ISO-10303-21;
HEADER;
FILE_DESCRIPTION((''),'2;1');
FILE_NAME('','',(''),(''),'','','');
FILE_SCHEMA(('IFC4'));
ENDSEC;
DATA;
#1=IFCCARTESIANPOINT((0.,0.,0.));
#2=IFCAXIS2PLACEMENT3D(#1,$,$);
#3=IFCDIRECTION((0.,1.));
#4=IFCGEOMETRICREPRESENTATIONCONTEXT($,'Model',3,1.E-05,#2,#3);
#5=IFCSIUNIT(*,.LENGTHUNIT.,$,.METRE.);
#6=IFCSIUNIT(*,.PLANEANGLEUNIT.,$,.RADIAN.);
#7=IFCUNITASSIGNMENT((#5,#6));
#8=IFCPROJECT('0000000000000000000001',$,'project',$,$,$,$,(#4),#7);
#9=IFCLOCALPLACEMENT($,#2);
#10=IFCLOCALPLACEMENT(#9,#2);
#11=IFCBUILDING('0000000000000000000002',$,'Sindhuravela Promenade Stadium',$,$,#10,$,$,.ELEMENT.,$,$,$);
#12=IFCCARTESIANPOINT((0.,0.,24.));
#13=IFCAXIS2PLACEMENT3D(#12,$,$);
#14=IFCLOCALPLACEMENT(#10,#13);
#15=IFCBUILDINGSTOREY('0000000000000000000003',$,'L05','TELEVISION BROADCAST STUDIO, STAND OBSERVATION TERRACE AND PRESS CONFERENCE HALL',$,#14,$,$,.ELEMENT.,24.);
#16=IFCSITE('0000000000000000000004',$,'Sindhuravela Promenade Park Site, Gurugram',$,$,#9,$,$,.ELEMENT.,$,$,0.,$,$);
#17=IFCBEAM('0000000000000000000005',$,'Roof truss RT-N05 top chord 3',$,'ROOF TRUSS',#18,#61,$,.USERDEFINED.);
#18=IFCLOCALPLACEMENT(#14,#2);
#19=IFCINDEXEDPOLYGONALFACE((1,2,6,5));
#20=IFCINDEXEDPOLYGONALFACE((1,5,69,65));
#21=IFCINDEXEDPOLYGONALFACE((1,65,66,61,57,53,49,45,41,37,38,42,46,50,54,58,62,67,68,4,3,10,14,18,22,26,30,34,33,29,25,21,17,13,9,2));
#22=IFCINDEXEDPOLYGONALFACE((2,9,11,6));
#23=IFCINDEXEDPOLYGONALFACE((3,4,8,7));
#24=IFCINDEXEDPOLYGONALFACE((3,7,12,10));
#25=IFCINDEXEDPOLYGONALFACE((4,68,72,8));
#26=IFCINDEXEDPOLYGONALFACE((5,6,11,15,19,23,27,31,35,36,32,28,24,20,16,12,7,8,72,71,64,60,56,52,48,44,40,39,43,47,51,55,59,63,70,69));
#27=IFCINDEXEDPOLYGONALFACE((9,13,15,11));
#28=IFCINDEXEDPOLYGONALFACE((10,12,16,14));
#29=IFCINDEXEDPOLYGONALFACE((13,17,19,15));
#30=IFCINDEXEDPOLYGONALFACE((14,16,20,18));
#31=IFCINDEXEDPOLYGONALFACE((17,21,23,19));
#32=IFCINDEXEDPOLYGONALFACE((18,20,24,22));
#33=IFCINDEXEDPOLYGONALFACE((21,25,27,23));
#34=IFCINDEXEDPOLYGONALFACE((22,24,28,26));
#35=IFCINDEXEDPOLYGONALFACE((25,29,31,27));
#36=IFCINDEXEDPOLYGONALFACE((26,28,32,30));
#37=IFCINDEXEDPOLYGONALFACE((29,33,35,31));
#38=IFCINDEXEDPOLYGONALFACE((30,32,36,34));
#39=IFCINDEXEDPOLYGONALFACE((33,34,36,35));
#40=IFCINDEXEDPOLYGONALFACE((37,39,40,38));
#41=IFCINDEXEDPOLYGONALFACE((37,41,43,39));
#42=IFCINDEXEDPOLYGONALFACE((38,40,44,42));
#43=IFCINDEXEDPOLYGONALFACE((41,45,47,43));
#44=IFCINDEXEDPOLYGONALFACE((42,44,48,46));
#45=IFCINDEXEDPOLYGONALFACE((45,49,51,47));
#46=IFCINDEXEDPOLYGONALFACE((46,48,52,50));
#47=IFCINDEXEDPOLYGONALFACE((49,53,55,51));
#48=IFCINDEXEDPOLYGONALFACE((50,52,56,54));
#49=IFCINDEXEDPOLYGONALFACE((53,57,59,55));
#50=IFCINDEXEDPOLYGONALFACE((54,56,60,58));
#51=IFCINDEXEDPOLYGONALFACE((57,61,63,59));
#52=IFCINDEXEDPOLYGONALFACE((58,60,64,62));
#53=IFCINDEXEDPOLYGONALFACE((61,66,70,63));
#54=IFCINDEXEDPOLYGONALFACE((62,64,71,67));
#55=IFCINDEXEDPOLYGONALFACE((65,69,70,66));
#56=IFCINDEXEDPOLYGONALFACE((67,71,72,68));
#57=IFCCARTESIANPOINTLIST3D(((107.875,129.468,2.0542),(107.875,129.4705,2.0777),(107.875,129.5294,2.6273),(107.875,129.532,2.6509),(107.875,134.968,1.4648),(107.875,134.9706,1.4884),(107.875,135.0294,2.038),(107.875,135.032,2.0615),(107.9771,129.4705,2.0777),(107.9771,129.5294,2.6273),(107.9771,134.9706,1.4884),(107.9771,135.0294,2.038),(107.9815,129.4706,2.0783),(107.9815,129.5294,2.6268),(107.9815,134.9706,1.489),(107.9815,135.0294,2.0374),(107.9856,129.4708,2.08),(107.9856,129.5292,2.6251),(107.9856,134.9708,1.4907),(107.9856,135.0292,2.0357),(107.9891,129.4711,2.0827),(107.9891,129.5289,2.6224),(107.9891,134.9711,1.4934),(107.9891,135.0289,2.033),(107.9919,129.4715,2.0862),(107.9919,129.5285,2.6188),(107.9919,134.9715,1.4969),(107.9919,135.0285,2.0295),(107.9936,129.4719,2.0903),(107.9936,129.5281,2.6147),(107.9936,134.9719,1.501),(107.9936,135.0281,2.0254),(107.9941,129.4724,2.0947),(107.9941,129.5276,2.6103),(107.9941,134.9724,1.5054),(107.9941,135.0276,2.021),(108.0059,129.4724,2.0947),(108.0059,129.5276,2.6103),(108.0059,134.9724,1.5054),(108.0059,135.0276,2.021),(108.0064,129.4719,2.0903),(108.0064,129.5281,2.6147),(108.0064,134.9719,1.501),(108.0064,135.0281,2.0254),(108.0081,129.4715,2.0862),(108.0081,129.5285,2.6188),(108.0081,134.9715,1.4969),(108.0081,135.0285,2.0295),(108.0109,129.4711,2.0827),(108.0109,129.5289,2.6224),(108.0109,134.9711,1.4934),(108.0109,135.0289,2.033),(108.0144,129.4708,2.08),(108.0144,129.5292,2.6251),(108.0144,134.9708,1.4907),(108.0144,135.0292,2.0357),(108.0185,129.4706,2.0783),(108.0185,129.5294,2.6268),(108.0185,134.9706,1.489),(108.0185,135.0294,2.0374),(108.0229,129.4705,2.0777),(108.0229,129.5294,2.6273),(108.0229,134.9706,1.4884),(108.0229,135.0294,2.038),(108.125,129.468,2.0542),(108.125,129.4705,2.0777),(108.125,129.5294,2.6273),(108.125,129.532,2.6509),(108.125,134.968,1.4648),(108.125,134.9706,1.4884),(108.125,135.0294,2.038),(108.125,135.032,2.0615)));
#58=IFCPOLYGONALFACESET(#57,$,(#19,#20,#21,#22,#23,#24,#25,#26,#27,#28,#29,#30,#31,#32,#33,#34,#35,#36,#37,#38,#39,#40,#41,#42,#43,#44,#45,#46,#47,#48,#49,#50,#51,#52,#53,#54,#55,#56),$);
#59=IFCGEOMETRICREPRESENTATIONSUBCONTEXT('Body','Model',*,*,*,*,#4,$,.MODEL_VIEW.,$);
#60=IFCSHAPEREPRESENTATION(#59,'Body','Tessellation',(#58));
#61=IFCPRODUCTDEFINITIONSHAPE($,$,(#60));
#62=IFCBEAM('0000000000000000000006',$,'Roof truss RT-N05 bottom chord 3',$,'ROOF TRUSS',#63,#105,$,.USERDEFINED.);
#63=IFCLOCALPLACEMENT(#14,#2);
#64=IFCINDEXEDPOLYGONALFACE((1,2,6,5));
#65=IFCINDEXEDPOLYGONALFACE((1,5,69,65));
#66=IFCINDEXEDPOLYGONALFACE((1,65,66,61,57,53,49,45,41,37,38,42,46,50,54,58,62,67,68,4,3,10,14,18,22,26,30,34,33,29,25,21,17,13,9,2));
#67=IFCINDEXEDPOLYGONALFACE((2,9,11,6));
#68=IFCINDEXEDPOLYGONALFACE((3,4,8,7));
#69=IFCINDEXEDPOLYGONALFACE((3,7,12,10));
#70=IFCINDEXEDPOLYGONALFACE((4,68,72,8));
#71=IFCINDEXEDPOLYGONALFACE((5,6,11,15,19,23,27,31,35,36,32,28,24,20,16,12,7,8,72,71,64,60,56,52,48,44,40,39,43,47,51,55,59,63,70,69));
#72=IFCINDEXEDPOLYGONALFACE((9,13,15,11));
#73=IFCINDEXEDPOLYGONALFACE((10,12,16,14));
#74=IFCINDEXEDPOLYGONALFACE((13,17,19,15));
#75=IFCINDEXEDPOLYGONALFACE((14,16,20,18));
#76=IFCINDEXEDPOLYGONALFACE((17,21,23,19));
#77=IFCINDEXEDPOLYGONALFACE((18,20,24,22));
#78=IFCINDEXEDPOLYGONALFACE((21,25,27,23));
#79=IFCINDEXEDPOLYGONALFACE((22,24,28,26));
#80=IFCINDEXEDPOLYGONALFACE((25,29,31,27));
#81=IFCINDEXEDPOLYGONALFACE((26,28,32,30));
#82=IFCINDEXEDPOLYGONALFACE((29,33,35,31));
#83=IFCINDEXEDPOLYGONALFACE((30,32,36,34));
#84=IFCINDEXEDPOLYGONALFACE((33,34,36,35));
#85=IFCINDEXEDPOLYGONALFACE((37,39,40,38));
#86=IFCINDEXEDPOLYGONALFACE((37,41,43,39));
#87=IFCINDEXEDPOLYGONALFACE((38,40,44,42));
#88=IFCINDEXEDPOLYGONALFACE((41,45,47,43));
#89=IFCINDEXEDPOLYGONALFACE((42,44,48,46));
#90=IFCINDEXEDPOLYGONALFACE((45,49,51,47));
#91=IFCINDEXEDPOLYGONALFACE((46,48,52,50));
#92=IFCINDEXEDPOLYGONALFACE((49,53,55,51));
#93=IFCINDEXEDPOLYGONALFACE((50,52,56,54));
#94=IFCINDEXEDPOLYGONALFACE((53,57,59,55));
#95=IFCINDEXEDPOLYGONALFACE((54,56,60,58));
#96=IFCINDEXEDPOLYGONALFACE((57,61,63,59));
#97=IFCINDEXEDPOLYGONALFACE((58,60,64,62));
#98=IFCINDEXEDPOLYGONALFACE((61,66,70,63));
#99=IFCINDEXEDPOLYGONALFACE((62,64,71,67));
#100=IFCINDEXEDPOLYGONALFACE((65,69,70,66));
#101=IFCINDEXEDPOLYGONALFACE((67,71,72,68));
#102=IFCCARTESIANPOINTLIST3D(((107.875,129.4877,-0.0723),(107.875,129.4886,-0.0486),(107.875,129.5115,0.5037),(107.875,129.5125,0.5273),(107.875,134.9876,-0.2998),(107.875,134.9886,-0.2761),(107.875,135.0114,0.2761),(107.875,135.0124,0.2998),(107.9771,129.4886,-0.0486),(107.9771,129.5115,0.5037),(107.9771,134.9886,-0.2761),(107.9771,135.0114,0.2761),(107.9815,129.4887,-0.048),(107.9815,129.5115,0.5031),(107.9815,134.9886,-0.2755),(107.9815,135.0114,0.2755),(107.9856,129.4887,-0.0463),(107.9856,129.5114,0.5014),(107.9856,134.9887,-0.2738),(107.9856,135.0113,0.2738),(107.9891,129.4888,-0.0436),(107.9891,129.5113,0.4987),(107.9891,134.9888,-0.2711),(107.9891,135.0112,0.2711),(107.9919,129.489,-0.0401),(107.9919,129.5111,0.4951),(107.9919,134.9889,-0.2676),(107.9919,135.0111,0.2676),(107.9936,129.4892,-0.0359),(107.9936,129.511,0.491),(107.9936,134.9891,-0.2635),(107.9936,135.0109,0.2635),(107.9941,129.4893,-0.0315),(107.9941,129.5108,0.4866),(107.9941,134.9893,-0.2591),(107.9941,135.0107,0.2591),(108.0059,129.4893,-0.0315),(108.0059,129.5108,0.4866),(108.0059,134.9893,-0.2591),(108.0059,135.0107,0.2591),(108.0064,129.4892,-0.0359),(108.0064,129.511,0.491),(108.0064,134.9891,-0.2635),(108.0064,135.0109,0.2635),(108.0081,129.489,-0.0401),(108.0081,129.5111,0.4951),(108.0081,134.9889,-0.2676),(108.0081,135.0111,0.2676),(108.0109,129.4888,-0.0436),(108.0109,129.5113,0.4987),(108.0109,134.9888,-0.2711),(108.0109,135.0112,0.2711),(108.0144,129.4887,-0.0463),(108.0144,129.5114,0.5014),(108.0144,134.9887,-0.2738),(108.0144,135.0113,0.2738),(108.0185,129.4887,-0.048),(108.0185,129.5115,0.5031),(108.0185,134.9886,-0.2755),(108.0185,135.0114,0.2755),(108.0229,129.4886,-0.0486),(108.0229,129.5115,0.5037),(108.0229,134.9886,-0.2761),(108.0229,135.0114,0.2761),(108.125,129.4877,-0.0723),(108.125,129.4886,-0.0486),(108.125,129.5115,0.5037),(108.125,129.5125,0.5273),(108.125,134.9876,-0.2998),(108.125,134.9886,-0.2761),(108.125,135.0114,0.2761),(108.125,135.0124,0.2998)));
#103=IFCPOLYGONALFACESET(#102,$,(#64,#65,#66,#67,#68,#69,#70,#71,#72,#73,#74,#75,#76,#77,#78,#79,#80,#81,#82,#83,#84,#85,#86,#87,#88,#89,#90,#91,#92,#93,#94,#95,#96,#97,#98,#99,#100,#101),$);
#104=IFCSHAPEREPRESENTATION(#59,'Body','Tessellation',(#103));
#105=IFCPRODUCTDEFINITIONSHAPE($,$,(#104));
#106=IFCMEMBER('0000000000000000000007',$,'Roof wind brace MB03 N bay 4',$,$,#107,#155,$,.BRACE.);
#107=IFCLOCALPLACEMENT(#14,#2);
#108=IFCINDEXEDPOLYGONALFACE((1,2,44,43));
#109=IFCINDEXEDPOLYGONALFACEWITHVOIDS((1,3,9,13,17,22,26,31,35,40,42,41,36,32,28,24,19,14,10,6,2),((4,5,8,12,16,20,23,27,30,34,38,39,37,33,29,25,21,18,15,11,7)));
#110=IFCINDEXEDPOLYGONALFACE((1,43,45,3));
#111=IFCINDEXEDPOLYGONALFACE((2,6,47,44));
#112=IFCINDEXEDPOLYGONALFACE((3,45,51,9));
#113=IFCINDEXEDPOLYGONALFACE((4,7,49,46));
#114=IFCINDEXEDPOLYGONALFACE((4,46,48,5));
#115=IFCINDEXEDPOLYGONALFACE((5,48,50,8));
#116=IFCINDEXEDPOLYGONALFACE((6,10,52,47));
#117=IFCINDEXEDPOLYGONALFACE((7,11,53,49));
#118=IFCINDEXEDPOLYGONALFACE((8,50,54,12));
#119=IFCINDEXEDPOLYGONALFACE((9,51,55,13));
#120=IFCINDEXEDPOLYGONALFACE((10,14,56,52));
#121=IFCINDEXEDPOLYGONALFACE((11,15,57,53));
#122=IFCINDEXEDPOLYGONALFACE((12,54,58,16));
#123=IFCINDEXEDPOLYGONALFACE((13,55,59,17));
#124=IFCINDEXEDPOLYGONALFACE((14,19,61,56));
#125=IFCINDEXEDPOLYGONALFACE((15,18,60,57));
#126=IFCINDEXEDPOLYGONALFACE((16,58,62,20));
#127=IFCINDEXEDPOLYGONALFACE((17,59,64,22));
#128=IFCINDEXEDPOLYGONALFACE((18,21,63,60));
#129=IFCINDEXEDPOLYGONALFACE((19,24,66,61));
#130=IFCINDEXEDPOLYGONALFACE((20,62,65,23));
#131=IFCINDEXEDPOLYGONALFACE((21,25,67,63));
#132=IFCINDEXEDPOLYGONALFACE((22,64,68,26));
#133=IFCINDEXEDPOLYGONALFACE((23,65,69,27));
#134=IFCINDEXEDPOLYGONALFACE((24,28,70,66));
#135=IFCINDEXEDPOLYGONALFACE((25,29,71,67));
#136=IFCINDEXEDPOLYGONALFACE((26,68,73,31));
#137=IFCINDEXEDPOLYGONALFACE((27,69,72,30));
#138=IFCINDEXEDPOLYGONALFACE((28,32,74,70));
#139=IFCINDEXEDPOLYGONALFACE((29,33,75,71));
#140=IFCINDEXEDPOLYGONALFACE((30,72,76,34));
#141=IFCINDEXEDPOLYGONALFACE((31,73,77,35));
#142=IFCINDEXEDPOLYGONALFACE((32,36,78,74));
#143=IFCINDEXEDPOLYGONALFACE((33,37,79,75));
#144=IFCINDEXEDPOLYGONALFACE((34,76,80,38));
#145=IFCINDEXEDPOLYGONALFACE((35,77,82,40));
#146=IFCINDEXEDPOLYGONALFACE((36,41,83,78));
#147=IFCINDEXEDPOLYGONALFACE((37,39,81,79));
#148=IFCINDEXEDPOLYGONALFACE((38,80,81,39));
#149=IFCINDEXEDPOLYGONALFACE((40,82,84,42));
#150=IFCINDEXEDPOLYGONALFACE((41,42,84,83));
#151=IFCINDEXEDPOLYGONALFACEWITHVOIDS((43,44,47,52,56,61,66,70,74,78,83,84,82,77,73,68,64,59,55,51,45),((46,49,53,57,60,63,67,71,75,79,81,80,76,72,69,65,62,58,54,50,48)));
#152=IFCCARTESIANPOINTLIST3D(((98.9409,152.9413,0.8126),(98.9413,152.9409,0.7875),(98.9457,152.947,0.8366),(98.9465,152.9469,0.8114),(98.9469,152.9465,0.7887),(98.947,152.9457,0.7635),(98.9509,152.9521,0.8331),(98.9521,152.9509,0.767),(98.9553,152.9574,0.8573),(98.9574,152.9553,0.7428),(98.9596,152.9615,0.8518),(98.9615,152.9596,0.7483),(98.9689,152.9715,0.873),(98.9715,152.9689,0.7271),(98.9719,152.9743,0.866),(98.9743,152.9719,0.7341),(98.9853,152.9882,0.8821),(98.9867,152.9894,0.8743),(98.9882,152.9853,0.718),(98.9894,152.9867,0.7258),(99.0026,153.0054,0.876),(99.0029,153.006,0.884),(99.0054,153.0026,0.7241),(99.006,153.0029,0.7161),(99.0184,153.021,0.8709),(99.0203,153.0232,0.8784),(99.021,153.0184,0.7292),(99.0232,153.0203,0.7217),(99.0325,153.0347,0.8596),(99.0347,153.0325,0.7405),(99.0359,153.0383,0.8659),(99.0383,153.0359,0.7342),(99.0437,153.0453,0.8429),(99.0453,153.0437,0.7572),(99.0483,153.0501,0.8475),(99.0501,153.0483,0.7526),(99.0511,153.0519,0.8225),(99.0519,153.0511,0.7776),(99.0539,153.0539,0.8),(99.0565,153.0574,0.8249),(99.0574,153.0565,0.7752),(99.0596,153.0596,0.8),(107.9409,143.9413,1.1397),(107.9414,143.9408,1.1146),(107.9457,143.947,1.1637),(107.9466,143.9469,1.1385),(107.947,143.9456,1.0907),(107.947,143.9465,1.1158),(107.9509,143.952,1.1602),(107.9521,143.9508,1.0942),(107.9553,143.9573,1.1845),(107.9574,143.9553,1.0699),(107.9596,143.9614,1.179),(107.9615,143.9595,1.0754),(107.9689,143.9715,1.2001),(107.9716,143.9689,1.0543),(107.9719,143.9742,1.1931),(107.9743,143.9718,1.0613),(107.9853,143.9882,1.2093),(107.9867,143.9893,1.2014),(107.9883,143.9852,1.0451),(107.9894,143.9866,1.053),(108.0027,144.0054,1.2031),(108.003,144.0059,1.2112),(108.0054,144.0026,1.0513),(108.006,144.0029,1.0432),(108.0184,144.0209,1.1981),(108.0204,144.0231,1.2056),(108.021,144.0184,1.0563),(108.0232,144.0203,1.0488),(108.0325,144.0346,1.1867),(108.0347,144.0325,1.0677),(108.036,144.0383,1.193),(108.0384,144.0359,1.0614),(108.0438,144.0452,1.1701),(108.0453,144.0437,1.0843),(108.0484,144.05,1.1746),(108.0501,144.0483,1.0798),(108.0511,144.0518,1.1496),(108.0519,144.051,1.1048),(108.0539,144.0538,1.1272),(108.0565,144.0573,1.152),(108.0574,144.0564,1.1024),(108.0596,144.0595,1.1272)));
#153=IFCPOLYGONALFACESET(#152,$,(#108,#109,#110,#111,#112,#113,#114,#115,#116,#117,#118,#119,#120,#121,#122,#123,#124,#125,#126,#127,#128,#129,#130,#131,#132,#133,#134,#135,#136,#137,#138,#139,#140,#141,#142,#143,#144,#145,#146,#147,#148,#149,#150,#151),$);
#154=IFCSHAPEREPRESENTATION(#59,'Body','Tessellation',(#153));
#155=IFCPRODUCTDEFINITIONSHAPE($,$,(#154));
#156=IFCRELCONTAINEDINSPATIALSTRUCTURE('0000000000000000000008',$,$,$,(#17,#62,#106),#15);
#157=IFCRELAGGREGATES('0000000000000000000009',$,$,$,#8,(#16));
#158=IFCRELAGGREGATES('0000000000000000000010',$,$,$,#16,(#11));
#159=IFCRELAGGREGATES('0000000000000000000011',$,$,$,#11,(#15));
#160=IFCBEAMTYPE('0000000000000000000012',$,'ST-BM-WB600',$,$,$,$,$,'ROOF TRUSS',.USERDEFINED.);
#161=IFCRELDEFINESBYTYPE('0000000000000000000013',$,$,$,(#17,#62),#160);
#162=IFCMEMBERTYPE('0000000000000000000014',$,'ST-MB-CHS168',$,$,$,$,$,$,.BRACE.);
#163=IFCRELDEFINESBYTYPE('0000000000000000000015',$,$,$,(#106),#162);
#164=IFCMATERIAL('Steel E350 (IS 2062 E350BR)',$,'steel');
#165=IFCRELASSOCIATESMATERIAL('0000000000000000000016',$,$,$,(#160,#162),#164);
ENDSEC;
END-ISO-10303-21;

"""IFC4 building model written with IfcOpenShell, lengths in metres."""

from ifc_helpers import new_model, si_unit, direction, frame, origin, origin_2d, place, context, subcontext, project, spatial, hollow_circle, i_section, extrude, material, material_profile, profile_set, type_object, element, save


model = new_model("IFC4")

# Units and contexts
model_context = context("Model", 3, precision=1e-05, world=origin(), true_north=direction((0.0, 1.0)))
body_context = subcontext(model_context, "Body", "Model", "MODEL_VIEW")
ifc_project = project(units=[si_unit("LENGTHUNIT", "METRE"), si_unit("PLANEANGLEUNIT", "RADIAN")], contexts=[model_context])

# Site, building, storey
site_placement = place(None, origin())
site = spatial("IfcSite", under=ifc_project, at=site_placement, Name="Sindhuravela Promenade Park Site, Gurugram", CompositionType="ELEMENT", RefElevation=0.0)
building_placement = place(site_placement, origin())
building = spatial("IfcBuilding", under=site, at=building_placement, Name="Sindhuravela Promenade Stadium", CompositionType="ELEMENT")
storey_placement = place(building_placement, frame((0.0, 0.0, 24.0)))
storey = spatial("IfcBuildingStorey", under=building, at=storey_placement, Name="L05", Description="TELEVISION BROADCAST STUDIO, STAND OBSERVATION TERRACE AND PRESS CONFERENCE HALL", CompositionType="ELEMENT", Elevation=24.0)

# Beams
ifc_material_1 = material(Name="Steel E350 (IS 2062 E350BR)", Category="steel")
ifc_material_profile_1 = material_profile(ifc_material_1, i_section(OverallWidth=0.25, OverallDepth=0.6001, WebThickness=0.0117, FlangeThickness=0.0237, FilletRadius=0.0171, at=origin_2d()), Name="ISWB 600")
ifc_profile_set_1 = profile_set([ifc_material_profile_1], Name="Steel E350 (IS 2062 E350BR)")
beam_type = type_object("IfcBeamType", Name="ST-BM-WB600", ElementType="ROOF TRUSS", PredefinedType="USERDEFINED", material=ifc_profile_set_1)
beam_1_placement = place(storey_placement, frame((108.0, 135.0, 1.7632), z_axis=(0.0, -0.994308, 0.106546), x_axis=(1.0, 0.0, 0.0)))
element("IfcBeam", 1, at=beam_1_placement, inside=storey, type_object=beam_type, Name="Roof truss RT-N05 top chord 3", ObjectType="ROOF TRUSS", PredefinedType="USERDEFINED", context=body_context, shape_type="SweptSolid", body=[
    extrude(i_section(OverallWidth=0.25, OverallDepth=0.6001, WebThickness=0.0117, FlangeThickness=0.0237, FilletRadius=0.0171, at=origin_2d()), origin(), (0.0, 0.0, 1.0), 5.5315),
])
beam_2_placement = place(storey_placement, frame((108.0, 135.0, 0.0), z_axis=(0.0, -0.999145, 0.041335), x_axis=(1.0, 0.0, 0.0)))
element("IfcBeam", 2, at=beam_2_placement, inside=storey, type_object=beam_type, Name="Roof truss RT-N05 bottom chord 3", ObjectType="ROOF TRUSS", PredefinedType="USERDEFINED", context=body_context, shape_type="SweptSolid", body=[
    extrude(i_section(OverallWidth=0.25, OverallDepth=0.6001, WebThickness=0.0117, FlangeThickness=0.0237, FilletRadius=0.0171, at=origin_2d()), origin(), (0.0, 0.0, 1.0), 5.5046),
])

# Member
ifc_material_profile_2 = material_profile(ifc_material_1, hollow_circle(Radius=0.0842, WallThickness=0.0081, at=origin_2d()), Name="CHS 168.3x8")
ifc_profile_set_2 = profile_set([ifc_material_profile_2], Name="Steel E350 (IS 2062 E350BR)")
member_type_1 = type_object("IfcMemberType", Name="ST-MB-CHS168", PredefinedType="BRACE", material=ifc_profile_set_2)
member_1_placement = place(storey_placement, frame((99.0, 153.0, 0.8), z_axis=(0.706873, -0.706873, 0.025695), x_axis=(0.707107, 0.707107, 0.0)))
element("IfcMember", 3, at=member_1_placement, inside=storey, type_object=member_type_1, Name="Roof wind brace MB03 N bay 4", PredefinedType="BRACE", context=body_context, shape_type="SweptSolid", body=[
    extrude(hollow_circle(Radius=0.0842, WallThickness=0.0081, at=origin_2d()), origin(), (0.0, 0.0, 1.0), 12.7322),
])

save(model, "model.ifc")
